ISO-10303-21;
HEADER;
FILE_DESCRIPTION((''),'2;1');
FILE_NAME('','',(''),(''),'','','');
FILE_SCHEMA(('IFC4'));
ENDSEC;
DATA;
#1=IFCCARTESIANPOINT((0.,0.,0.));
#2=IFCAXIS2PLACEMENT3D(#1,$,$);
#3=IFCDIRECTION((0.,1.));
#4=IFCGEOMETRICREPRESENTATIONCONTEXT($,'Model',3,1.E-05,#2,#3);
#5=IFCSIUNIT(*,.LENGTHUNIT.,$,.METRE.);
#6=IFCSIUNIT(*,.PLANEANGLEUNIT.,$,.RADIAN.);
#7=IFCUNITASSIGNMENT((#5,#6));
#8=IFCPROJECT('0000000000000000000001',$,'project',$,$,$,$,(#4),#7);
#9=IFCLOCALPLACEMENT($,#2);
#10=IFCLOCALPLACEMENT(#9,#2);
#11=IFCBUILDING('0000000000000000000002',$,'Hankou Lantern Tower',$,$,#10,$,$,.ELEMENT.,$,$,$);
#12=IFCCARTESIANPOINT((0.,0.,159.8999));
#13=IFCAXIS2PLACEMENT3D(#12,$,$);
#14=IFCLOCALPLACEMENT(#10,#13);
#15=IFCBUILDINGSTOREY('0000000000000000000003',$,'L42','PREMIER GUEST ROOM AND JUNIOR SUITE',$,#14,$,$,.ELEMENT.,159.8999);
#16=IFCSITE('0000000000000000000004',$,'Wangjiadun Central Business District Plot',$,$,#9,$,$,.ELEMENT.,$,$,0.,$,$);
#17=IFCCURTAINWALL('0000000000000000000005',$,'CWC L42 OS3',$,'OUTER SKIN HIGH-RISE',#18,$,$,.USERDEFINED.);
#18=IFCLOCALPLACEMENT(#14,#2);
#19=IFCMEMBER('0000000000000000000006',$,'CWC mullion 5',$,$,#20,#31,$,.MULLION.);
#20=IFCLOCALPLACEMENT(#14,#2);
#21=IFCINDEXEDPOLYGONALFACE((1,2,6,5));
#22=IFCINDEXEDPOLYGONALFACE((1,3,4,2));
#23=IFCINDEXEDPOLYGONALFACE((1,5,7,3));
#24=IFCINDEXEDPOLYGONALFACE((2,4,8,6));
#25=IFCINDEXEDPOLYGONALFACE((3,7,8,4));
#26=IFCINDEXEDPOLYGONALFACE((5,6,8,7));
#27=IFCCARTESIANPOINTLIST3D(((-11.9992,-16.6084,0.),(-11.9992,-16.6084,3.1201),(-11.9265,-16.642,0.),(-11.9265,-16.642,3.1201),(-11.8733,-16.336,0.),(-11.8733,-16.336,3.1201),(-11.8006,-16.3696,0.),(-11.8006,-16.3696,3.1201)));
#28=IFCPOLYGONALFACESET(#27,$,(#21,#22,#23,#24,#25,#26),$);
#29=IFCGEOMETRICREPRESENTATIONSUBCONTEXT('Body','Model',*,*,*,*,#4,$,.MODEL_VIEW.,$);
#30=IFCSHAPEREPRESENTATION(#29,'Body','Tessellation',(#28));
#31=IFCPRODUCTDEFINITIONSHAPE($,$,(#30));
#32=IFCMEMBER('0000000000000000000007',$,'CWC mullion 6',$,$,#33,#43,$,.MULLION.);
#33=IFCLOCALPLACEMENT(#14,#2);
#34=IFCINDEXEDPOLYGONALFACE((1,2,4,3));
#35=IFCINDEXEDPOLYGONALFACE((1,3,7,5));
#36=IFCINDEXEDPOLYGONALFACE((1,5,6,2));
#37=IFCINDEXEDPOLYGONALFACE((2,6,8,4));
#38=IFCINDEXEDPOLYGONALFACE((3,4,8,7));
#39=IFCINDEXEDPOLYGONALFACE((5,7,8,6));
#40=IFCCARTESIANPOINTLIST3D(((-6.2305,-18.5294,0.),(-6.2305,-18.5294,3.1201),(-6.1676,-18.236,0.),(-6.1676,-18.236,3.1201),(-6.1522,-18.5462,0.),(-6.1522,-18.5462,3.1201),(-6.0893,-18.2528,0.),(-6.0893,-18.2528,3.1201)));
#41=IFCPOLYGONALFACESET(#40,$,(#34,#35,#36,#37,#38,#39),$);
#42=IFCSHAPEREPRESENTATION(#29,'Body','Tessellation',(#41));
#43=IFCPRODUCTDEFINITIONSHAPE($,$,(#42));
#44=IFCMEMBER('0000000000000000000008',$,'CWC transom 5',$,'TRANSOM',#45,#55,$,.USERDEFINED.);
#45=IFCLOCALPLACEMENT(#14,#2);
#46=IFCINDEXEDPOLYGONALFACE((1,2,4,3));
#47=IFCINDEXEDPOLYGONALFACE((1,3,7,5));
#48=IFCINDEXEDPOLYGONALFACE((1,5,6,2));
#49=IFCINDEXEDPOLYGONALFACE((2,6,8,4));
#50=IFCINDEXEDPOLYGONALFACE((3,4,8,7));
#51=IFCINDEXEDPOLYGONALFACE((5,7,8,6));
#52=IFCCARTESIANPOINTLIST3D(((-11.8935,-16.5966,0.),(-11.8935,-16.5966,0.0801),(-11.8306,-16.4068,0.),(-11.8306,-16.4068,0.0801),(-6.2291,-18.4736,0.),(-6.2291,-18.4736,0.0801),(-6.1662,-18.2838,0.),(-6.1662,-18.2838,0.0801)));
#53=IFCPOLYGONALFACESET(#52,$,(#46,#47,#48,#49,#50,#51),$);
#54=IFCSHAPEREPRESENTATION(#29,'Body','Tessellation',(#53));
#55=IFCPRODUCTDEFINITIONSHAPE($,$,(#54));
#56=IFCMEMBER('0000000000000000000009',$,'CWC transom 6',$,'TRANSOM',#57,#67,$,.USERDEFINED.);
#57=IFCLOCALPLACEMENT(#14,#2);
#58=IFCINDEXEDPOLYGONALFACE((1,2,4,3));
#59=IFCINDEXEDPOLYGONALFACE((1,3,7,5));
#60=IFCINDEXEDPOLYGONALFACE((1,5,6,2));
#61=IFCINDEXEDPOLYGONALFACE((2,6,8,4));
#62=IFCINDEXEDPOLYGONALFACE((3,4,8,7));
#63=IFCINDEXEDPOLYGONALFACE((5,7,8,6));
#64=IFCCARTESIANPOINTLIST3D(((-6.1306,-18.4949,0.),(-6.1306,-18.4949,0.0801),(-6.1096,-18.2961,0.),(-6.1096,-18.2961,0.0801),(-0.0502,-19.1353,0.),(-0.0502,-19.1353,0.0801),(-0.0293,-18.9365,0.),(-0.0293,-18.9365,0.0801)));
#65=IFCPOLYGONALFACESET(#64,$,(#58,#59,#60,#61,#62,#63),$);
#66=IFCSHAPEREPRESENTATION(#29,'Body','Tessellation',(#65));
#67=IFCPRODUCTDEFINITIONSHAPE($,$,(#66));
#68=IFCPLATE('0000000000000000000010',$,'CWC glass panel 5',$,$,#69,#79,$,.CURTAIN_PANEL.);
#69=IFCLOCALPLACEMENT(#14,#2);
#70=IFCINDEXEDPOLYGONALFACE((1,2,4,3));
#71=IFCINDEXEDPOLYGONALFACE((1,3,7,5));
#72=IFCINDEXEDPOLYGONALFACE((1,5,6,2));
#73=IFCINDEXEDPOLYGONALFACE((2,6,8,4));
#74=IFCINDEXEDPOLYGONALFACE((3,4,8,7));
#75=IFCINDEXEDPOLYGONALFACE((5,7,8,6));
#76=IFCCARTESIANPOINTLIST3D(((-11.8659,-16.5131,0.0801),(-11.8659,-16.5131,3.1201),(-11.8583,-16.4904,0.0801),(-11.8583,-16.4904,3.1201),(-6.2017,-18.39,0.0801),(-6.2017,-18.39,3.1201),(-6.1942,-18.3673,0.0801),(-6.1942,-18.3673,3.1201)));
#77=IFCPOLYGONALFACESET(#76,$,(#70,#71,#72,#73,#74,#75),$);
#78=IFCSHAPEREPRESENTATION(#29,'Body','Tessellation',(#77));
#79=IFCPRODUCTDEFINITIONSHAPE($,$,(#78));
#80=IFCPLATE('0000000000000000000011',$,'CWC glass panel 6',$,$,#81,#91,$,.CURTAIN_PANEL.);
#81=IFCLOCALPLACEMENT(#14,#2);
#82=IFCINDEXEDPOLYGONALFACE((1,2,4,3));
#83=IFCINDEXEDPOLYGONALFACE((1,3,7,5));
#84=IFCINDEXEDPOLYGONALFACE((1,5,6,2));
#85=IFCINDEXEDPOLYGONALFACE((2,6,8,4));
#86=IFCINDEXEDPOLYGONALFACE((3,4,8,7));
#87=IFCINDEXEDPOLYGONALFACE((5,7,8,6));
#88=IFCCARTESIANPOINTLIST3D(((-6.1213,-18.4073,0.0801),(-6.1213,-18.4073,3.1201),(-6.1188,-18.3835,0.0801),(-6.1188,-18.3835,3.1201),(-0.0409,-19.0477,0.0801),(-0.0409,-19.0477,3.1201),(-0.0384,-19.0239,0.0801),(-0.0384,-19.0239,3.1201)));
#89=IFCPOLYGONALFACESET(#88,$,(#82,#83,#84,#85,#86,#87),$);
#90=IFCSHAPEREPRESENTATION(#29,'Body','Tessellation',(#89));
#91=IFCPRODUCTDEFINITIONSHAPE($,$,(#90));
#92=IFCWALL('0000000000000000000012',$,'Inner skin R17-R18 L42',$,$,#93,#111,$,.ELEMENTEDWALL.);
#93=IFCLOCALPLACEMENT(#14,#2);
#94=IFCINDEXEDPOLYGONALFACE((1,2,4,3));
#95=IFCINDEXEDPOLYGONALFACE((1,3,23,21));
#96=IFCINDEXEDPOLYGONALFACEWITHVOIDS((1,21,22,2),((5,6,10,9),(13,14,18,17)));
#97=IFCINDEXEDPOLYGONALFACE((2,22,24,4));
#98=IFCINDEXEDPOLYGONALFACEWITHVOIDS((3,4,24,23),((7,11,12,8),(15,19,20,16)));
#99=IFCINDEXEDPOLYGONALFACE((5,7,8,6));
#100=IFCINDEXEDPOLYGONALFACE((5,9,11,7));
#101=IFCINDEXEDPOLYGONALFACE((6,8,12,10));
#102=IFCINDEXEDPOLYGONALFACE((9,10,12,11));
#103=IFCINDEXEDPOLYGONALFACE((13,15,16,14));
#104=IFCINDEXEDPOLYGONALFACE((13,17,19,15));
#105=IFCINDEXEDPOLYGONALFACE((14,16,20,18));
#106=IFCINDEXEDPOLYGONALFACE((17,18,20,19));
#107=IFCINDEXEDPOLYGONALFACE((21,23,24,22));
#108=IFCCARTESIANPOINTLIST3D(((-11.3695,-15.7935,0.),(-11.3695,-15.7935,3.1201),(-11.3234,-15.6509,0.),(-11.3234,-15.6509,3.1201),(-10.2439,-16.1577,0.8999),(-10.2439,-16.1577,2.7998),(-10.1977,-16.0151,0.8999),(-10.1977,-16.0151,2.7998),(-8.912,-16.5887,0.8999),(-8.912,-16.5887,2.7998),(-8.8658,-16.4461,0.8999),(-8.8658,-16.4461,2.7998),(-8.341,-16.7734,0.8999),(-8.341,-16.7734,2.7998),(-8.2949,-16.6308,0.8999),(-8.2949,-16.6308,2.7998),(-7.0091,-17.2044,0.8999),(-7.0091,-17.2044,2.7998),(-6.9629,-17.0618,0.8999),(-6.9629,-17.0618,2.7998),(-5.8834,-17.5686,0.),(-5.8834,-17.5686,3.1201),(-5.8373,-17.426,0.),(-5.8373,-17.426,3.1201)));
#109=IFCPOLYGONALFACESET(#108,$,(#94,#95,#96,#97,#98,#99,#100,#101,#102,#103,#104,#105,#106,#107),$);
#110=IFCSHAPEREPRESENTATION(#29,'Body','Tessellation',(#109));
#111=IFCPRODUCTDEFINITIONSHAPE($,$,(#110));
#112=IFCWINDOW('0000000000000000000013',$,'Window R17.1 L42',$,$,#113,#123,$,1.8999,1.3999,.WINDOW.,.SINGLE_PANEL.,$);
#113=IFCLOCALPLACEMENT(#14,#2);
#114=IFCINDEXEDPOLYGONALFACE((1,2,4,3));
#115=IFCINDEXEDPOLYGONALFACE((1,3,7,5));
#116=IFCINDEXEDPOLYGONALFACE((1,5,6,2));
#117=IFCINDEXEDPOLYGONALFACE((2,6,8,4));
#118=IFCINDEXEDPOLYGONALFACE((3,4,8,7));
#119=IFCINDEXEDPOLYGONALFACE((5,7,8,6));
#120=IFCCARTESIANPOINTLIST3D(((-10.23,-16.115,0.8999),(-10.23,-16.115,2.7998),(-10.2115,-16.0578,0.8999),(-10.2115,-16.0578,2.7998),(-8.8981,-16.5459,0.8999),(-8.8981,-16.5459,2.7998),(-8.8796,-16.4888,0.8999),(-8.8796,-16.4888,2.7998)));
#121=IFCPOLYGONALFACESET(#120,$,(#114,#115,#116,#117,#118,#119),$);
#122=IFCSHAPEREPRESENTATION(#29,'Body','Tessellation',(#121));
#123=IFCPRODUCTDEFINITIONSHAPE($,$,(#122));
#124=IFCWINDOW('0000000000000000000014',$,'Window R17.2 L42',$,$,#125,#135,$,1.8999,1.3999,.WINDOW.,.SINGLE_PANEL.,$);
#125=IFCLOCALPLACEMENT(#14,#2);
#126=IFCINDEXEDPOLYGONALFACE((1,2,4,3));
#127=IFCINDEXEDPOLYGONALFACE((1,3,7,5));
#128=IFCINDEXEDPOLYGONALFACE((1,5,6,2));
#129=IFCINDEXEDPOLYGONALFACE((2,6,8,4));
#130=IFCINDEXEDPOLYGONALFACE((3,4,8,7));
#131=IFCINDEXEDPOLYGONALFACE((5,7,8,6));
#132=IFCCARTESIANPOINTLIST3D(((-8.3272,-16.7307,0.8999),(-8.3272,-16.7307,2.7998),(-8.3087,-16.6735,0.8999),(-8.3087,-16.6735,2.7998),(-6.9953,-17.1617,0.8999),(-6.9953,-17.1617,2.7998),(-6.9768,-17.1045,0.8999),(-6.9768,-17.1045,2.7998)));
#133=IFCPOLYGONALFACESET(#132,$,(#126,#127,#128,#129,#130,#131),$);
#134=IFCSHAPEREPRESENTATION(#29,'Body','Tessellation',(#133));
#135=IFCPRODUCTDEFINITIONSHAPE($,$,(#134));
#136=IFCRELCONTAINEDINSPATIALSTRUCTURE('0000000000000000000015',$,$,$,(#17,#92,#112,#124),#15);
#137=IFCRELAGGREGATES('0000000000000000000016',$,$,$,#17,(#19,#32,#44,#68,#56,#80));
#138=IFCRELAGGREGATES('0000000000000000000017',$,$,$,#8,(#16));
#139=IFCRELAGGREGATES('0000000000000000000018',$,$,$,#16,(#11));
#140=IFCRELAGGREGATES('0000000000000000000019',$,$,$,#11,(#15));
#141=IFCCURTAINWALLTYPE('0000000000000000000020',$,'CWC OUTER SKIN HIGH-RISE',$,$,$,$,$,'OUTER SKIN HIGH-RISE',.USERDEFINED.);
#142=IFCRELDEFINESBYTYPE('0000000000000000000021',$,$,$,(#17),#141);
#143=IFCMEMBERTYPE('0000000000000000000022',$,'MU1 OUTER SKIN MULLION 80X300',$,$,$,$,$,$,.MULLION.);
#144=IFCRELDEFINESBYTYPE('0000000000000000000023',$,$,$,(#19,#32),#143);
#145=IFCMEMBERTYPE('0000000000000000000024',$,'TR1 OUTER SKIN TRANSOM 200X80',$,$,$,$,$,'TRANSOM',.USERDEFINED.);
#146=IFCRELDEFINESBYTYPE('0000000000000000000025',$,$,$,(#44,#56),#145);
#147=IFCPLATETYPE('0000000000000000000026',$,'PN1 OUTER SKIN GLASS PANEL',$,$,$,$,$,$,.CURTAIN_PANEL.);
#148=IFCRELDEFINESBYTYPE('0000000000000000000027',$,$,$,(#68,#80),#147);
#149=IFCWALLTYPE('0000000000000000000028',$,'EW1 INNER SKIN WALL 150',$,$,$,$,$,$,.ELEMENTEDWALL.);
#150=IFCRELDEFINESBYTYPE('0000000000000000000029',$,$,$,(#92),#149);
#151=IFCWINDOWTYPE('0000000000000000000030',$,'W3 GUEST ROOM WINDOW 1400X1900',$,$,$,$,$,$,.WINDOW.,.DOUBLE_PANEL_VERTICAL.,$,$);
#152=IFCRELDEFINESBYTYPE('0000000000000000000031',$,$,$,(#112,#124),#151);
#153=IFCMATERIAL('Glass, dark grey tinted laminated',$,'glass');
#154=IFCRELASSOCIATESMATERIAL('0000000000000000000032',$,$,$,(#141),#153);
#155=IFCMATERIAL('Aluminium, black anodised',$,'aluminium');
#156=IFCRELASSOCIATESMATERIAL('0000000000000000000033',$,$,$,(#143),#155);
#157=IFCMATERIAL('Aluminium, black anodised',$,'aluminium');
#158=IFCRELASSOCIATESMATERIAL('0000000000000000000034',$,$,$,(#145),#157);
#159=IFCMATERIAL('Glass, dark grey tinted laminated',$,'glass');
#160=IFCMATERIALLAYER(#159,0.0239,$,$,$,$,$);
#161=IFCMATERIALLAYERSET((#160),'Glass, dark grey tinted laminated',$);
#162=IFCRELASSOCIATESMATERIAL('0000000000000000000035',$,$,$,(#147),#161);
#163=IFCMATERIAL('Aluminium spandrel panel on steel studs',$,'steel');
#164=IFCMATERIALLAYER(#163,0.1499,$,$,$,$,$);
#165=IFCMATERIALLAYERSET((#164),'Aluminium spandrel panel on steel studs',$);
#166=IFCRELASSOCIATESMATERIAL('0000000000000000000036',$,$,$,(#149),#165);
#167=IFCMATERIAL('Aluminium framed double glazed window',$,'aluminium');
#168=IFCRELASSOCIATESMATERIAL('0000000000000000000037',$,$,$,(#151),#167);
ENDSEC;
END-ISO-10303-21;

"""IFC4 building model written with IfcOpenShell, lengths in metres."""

from ifc_helpers import new_model, si_unit, direction, frame, frame_2d, origin, origin_2d, place, context, subcontext, project, spatial, rectangle, extrude, material, layer, layer_set, material_profile, profile_set, type_object, element, fill, aggregate, save


model = new_model("IFC4")

# Units and contexts
model_context = context("Model", 3, precision=1e-05, world=origin(), true_north=direction((0.0, 1.0)))
body_context = subcontext(model_context, "Body", "Model", "MODEL_VIEW")
ifc_project = project(units=[si_unit("LENGTHUNIT", "METRE"), si_unit("PLANEANGLEUNIT", "RADIAN")], contexts=[model_context])

# Site, building, storey
site_placement = place(None, origin())
site = spatial("IfcSite", under=ifc_project, at=site_placement, Name="Wangjiadun Central Business District Plot", CompositionType="ELEMENT", RefElevation=0.0)
building_placement = place(site_placement, origin())
building = spatial("IfcBuilding", under=site, at=building_placement, Name="Hankou Lantern Tower", CompositionType="ELEMENT")
storey_placement = place(building_placement, frame((0.0, 0.0, 159.8999)))
storey = spatial("IfcBuildingStorey", under=building, at=storey_placement, Name="L42", Description="PREMIER GUEST ROOM AND JUNIOR SUITE", CompositionType="ELEMENT", Elevation=159.8999)

# Curtain wall, members, plates
ifc_material_1 = material(Name="Glass, dark grey tinted laminated", Category="glass")
curtain_wall_type = type_object("IfcCurtainWallType", Name="CWC OUTER SKIN HIGH-RISE", ElementType="OUTER SKIN HIGH-RISE", PredefinedType="USERDEFINED", material=ifc_material_1)
curtain_wall_placement = place(storey_placement, origin())
curtain_wall = element("IfcCurtainWall", 1, at=curtain_wall_placement, inside=storey, type_object=curtain_wall_type, Name="CWC L42 OS3", ObjectType="OUTER SKIN HIGH-RISE", PredefinedType="USERDEFINED")
ifc_material_2 = material(Name="Aluminium, black anodised", Category="aluminium")
ifc_material_profile_1 = material_profile(ifc_material_2, rectangle(XDim=0.0801, YDim=0.3, at=origin_2d()), Name="MU1 80X300")
ifc_profile_set_1 = profile_set([ifc_material_profile_1], Name="Aluminium, black anodised")
member_type_1 = type_object("IfcMemberType", Name="MU1 OUTER SKIN MULLION 80X300", PredefinedType="MULLION", material=ifc_profile_set_1)
member_1_placement = place(storey_placement, frame((-11.8999, -16.489, 0.0), z_axis=(0.0, 0.0, 1.0), x_axis=(0.907841, -0.419314, 0.0)))
member_1 = element("IfcMember", 2, at=member_1_placement, type_object=member_type_1, Name="CWC mullion 5", PredefinedType="MULLION", context=body_context, shape_type="SweptSolid", body=[
    extrude(rectangle(XDim=0.0801, YDim=0.3, at=origin_2d()), origin(), (0.0, 0.0, 1.0), 3.1201),
])
member_2_placement = place(storey_placement, frame((-6.1599, -18.3911, 0.0), z_axis=(0.0, 0.0, 1.0), x_axis=(0.977788, -0.209598, 0.0)))
member_2 = element("IfcMember", 3, at=member_2_placement, type_object=member_type_1, Name="CWC mullion 6", PredefinedType="MULLION", context=body_context, shape_type="SweptSolid", body=[
    extrude(rectangle(XDim=0.0801, YDim=0.3, at=origin_2d()), origin(), (0.0, 0.0, 1.0), 3.1201),
])
ifc_material_3 = material(Name="Aluminium, black anodised", Category="aluminium")
ifc_material_profile_2 = material_profile(ifc_material_3, rectangle(XDim=0.2, YDim=0.0801, at=origin_2d()), Name="TR1 200X80")
ifc_profile_set_2 = profile_set([ifc_material_profile_2], Name="Aluminium, black anodised")
member_type_2 = type_object("IfcMemberType", Name="TR1 OUTER SKIN TRANSOM 200X80", ElementType="TRANSOM", PredefinedType="USERDEFINED", material=ifc_profile_set_2)
member_3_placement = place(storey_placement, frame((-11.8621, -16.5017, 0.04), z_axis=(0.949242, -0.314546, 0.0), x_axis=(0.314546, 0.949242, 0.0)))
member_3 = element("IfcMember", 4, at=member_3_placement, type_object=member_type_2, Name="CWC transom 5", ObjectType="TRANSOM", PredefinedType="USERDEFINED", context=body_context, shape_type="SweptSolid", body=[
    extrude(rectangle(XDim=0.2, YDim=0.0801, at=origin_2d()), origin(), (0.0, 0.0, 1.0), 5.9673),
])
member_4_placement = place(storey_placement, frame((-6.1201, -18.3955, 0.04), z_axis=(0.9945, -0.104741, 0.0), x_axis=(0.104741, 0.9945, 0.0)))
member_4 = element("IfcMember", 5, at=member_4_placement, type_object=member_type_2, Name="CWC transom 6", ObjectType="TRANSOM", PredefinedType="USERDEFINED", context=body_context, shape_type="SweptSolid", body=[
    extrude(rectangle(XDim=0.2, YDim=0.0801, at=origin_2d()), origin(), (0.0, 0.0, 1.0), 6.114),
])
ifc_material_4 = material(Name="Glass, dark grey tinted laminated", Category="glass")
ifc_layer_1 = layer(ifc_material_4, 0.0239)
ifc_layer_set_1 = layer_set([ifc_layer_1], Name="Glass, dark grey tinted laminated")
plate_type = type_object("IfcPlateType", Name="PN1 OUTER SKIN GLASS PANEL", PredefinedType="CURTAIN_PANEL", material=ifc_layer_set_1)
plate_1_placement = place(storey_placement, frame((-9.03, -17.4402, 0.0801), z_axis=(0.0, 0.0, 1.0), x_axis=(0.949241, -0.314551, 0.0)))
plate_1 = element("IfcPlate", 6, at=plate_1_placement, type_object=plate_type, Name="CWC glass panel 5", PredefinedType="CURTAIN_PANEL", context=body_context, shape_type="SweptSolid", body=[
    extrude(rectangle(XDim=5.967, YDim=0.0239, at=origin_2d()), origin(), (0.0, 0.0, 1.0), 3.04),
])
plate_2_placement = place(storey_placement, frame((-3.0798, -18.7156, 0.0801), z_axis=(0.0, 0.0, 1.0), x_axis=(0.994499, -0.104743, 0.0)))
plate_2 = element("IfcPlate", 7, at=plate_2_placement, type_object=plate_type, Name="CWC glass panel 6", PredefinedType="CURTAIN_PANEL", context=body_context, shape_type="SweptSolid", body=[
    extrude(rectangle(XDim=6.114, YDim=0.0239, at=origin_2d()), origin(), (0.0, 0.0, 1.0), 3.04),
])
aggregate(curtain_wall, [member_1, member_2, member_3, plate_1, member_4, plate_2])

# Wall, openings, windows
ifc_material_5 = material(Name="Aluminium spandrel panel on steel studs", Category="steel")
ifc_layer_2 = layer(ifc_material_5, 0.1499)
ifc_layer_set_2 = layer_set([ifc_layer_2], Name="Aluminium spandrel panel on steel studs")
wall_type_1 = type_object("IfcWallType", Name="EW1 INNER SKIN WALL 150", PredefinedType="ELEMENTEDWALL", material=ifc_layer_set_2)
wall_1_placement = place(storey_placement, frame((-11.3464, -15.7222, 0.0), z_axis=(0.0, 0.0, 1.0), x_axis=(0.951432, -0.307857, 0.0)))
wall_1 = element("IfcWall", 8, at=wall_1_placement, inside=storey, type_object=wall_type_1, Name="Inner skin R17-R18 L42", PredefinedType="ELEMENTEDWALL", context=body_context, shape_type="SweptSolid", body=[
    extrude(rectangle(XDim=5.7661, YDim=0.1499, at=frame_2d((2.8831, 0.0))), origin(), (0.0, 0.0, 1.0), 3.1201),
])
opening_1_placement = place(wall_1_placement, frame((1.1831, 0.0, 0.8999)))
opening_1 = element("IfcOpeningElement", 9, at=opening_1_placement, cuts=wall_1, PredefinedType="OPENING", context=body_context, shape_type="SweptSolid", body=[
    extrude(rectangle(XDim=1.3999, YDim=1.8999, at=frame_2d((0.7, 0.95))), frame((0.0, 0.085, 0.0), z_axis=(0.0, -1.0, 0.0), x_axis=(1.0, 0.0, 0.0)), (0.0, 0.0, 1.0), 0.1699),
])
opening_2_placement = place(wall_1_placement, frame((3.1831, 0.0, 0.8999)))
opening_2 = element("IfcOpeningElement", 10, at=opening_2_placement, cuts=wall_1, PredefinedType="OPENING", context=body_context, shape_type="SweptSolid", body=[
    extrude(rectangle(XDim=1.3999, YDim=1.8999, at=frame_2d((0.7, 0.95))), frame((0.0, 0.085, 0.0), z_axis=(0.0, -1.0, 0.0), x_axis=(1.0, 0.0, 0.0)), (0.0, 0.0, 1.0), 0.1699),
])
ifc_material_6 = material(Name="Aluminium framed double glazed window", Category="aluminium")
window_type = type_object("IfcWindowType", Name="W3 GUEST ROOM WINDOW 1400X1900", PartitioningType="DOUBLE_PANEL_VERTICAL", PredefinedType="WINDOW", material=ifc_material_6)
window_1_placement = place(opening_1_placement, origin())
window_1 = element("IfcWindow", 11, at=window_1_placement, inside=storey, type_object=window_type, Name="Window R17.1 L42", OverallHeight=1.8999, OverallWidth=1.3999, PartitioningType="SINGLE_PANEL", PredefinedType="WINDOW", context=body_context, shape_type="SweptSolid", body=[
    extrude(rectangle(XDim=1.3999, YDim=1.8999, at=frame_2d((0.7, 0.95))), frame((0.0, 0.03, 0.0), z_axis=(0.0, -1.0, 0.0), x_axis=(1.0, 0.0, 0.0)), (0.0, 0.0, 1.0), 0.0601),
])
fill(opening_1, window_1)
window_2_placement = place(opening_2_placement, origin())
window_2 = element("IfcWindow", 12, at=window_2_placement, inside=storey, type_object=window_type, Name="Window R17.2 L42", OverallHeight=1.8999, OverallWidth=1.3999, PartitioningType="SINGLE_PANEL", PredefinedType="WINDOW", context=body_context, shape_type="SweptSolid", body=[
    extrude(rectangle(XDim=1.3999, YDim=1.8999, at=frame_2d((0.7, 0.95))), frame((0.0, 0.03, 0.0), z_axis=(0.0, -1.0, 0.0), x_axis=(1.0, 0.0, 0.0)), (0.0, 0.0, 1.0), 0.0601),
])
fill(opening_2, window_2)

save(model, "model.ifc")
